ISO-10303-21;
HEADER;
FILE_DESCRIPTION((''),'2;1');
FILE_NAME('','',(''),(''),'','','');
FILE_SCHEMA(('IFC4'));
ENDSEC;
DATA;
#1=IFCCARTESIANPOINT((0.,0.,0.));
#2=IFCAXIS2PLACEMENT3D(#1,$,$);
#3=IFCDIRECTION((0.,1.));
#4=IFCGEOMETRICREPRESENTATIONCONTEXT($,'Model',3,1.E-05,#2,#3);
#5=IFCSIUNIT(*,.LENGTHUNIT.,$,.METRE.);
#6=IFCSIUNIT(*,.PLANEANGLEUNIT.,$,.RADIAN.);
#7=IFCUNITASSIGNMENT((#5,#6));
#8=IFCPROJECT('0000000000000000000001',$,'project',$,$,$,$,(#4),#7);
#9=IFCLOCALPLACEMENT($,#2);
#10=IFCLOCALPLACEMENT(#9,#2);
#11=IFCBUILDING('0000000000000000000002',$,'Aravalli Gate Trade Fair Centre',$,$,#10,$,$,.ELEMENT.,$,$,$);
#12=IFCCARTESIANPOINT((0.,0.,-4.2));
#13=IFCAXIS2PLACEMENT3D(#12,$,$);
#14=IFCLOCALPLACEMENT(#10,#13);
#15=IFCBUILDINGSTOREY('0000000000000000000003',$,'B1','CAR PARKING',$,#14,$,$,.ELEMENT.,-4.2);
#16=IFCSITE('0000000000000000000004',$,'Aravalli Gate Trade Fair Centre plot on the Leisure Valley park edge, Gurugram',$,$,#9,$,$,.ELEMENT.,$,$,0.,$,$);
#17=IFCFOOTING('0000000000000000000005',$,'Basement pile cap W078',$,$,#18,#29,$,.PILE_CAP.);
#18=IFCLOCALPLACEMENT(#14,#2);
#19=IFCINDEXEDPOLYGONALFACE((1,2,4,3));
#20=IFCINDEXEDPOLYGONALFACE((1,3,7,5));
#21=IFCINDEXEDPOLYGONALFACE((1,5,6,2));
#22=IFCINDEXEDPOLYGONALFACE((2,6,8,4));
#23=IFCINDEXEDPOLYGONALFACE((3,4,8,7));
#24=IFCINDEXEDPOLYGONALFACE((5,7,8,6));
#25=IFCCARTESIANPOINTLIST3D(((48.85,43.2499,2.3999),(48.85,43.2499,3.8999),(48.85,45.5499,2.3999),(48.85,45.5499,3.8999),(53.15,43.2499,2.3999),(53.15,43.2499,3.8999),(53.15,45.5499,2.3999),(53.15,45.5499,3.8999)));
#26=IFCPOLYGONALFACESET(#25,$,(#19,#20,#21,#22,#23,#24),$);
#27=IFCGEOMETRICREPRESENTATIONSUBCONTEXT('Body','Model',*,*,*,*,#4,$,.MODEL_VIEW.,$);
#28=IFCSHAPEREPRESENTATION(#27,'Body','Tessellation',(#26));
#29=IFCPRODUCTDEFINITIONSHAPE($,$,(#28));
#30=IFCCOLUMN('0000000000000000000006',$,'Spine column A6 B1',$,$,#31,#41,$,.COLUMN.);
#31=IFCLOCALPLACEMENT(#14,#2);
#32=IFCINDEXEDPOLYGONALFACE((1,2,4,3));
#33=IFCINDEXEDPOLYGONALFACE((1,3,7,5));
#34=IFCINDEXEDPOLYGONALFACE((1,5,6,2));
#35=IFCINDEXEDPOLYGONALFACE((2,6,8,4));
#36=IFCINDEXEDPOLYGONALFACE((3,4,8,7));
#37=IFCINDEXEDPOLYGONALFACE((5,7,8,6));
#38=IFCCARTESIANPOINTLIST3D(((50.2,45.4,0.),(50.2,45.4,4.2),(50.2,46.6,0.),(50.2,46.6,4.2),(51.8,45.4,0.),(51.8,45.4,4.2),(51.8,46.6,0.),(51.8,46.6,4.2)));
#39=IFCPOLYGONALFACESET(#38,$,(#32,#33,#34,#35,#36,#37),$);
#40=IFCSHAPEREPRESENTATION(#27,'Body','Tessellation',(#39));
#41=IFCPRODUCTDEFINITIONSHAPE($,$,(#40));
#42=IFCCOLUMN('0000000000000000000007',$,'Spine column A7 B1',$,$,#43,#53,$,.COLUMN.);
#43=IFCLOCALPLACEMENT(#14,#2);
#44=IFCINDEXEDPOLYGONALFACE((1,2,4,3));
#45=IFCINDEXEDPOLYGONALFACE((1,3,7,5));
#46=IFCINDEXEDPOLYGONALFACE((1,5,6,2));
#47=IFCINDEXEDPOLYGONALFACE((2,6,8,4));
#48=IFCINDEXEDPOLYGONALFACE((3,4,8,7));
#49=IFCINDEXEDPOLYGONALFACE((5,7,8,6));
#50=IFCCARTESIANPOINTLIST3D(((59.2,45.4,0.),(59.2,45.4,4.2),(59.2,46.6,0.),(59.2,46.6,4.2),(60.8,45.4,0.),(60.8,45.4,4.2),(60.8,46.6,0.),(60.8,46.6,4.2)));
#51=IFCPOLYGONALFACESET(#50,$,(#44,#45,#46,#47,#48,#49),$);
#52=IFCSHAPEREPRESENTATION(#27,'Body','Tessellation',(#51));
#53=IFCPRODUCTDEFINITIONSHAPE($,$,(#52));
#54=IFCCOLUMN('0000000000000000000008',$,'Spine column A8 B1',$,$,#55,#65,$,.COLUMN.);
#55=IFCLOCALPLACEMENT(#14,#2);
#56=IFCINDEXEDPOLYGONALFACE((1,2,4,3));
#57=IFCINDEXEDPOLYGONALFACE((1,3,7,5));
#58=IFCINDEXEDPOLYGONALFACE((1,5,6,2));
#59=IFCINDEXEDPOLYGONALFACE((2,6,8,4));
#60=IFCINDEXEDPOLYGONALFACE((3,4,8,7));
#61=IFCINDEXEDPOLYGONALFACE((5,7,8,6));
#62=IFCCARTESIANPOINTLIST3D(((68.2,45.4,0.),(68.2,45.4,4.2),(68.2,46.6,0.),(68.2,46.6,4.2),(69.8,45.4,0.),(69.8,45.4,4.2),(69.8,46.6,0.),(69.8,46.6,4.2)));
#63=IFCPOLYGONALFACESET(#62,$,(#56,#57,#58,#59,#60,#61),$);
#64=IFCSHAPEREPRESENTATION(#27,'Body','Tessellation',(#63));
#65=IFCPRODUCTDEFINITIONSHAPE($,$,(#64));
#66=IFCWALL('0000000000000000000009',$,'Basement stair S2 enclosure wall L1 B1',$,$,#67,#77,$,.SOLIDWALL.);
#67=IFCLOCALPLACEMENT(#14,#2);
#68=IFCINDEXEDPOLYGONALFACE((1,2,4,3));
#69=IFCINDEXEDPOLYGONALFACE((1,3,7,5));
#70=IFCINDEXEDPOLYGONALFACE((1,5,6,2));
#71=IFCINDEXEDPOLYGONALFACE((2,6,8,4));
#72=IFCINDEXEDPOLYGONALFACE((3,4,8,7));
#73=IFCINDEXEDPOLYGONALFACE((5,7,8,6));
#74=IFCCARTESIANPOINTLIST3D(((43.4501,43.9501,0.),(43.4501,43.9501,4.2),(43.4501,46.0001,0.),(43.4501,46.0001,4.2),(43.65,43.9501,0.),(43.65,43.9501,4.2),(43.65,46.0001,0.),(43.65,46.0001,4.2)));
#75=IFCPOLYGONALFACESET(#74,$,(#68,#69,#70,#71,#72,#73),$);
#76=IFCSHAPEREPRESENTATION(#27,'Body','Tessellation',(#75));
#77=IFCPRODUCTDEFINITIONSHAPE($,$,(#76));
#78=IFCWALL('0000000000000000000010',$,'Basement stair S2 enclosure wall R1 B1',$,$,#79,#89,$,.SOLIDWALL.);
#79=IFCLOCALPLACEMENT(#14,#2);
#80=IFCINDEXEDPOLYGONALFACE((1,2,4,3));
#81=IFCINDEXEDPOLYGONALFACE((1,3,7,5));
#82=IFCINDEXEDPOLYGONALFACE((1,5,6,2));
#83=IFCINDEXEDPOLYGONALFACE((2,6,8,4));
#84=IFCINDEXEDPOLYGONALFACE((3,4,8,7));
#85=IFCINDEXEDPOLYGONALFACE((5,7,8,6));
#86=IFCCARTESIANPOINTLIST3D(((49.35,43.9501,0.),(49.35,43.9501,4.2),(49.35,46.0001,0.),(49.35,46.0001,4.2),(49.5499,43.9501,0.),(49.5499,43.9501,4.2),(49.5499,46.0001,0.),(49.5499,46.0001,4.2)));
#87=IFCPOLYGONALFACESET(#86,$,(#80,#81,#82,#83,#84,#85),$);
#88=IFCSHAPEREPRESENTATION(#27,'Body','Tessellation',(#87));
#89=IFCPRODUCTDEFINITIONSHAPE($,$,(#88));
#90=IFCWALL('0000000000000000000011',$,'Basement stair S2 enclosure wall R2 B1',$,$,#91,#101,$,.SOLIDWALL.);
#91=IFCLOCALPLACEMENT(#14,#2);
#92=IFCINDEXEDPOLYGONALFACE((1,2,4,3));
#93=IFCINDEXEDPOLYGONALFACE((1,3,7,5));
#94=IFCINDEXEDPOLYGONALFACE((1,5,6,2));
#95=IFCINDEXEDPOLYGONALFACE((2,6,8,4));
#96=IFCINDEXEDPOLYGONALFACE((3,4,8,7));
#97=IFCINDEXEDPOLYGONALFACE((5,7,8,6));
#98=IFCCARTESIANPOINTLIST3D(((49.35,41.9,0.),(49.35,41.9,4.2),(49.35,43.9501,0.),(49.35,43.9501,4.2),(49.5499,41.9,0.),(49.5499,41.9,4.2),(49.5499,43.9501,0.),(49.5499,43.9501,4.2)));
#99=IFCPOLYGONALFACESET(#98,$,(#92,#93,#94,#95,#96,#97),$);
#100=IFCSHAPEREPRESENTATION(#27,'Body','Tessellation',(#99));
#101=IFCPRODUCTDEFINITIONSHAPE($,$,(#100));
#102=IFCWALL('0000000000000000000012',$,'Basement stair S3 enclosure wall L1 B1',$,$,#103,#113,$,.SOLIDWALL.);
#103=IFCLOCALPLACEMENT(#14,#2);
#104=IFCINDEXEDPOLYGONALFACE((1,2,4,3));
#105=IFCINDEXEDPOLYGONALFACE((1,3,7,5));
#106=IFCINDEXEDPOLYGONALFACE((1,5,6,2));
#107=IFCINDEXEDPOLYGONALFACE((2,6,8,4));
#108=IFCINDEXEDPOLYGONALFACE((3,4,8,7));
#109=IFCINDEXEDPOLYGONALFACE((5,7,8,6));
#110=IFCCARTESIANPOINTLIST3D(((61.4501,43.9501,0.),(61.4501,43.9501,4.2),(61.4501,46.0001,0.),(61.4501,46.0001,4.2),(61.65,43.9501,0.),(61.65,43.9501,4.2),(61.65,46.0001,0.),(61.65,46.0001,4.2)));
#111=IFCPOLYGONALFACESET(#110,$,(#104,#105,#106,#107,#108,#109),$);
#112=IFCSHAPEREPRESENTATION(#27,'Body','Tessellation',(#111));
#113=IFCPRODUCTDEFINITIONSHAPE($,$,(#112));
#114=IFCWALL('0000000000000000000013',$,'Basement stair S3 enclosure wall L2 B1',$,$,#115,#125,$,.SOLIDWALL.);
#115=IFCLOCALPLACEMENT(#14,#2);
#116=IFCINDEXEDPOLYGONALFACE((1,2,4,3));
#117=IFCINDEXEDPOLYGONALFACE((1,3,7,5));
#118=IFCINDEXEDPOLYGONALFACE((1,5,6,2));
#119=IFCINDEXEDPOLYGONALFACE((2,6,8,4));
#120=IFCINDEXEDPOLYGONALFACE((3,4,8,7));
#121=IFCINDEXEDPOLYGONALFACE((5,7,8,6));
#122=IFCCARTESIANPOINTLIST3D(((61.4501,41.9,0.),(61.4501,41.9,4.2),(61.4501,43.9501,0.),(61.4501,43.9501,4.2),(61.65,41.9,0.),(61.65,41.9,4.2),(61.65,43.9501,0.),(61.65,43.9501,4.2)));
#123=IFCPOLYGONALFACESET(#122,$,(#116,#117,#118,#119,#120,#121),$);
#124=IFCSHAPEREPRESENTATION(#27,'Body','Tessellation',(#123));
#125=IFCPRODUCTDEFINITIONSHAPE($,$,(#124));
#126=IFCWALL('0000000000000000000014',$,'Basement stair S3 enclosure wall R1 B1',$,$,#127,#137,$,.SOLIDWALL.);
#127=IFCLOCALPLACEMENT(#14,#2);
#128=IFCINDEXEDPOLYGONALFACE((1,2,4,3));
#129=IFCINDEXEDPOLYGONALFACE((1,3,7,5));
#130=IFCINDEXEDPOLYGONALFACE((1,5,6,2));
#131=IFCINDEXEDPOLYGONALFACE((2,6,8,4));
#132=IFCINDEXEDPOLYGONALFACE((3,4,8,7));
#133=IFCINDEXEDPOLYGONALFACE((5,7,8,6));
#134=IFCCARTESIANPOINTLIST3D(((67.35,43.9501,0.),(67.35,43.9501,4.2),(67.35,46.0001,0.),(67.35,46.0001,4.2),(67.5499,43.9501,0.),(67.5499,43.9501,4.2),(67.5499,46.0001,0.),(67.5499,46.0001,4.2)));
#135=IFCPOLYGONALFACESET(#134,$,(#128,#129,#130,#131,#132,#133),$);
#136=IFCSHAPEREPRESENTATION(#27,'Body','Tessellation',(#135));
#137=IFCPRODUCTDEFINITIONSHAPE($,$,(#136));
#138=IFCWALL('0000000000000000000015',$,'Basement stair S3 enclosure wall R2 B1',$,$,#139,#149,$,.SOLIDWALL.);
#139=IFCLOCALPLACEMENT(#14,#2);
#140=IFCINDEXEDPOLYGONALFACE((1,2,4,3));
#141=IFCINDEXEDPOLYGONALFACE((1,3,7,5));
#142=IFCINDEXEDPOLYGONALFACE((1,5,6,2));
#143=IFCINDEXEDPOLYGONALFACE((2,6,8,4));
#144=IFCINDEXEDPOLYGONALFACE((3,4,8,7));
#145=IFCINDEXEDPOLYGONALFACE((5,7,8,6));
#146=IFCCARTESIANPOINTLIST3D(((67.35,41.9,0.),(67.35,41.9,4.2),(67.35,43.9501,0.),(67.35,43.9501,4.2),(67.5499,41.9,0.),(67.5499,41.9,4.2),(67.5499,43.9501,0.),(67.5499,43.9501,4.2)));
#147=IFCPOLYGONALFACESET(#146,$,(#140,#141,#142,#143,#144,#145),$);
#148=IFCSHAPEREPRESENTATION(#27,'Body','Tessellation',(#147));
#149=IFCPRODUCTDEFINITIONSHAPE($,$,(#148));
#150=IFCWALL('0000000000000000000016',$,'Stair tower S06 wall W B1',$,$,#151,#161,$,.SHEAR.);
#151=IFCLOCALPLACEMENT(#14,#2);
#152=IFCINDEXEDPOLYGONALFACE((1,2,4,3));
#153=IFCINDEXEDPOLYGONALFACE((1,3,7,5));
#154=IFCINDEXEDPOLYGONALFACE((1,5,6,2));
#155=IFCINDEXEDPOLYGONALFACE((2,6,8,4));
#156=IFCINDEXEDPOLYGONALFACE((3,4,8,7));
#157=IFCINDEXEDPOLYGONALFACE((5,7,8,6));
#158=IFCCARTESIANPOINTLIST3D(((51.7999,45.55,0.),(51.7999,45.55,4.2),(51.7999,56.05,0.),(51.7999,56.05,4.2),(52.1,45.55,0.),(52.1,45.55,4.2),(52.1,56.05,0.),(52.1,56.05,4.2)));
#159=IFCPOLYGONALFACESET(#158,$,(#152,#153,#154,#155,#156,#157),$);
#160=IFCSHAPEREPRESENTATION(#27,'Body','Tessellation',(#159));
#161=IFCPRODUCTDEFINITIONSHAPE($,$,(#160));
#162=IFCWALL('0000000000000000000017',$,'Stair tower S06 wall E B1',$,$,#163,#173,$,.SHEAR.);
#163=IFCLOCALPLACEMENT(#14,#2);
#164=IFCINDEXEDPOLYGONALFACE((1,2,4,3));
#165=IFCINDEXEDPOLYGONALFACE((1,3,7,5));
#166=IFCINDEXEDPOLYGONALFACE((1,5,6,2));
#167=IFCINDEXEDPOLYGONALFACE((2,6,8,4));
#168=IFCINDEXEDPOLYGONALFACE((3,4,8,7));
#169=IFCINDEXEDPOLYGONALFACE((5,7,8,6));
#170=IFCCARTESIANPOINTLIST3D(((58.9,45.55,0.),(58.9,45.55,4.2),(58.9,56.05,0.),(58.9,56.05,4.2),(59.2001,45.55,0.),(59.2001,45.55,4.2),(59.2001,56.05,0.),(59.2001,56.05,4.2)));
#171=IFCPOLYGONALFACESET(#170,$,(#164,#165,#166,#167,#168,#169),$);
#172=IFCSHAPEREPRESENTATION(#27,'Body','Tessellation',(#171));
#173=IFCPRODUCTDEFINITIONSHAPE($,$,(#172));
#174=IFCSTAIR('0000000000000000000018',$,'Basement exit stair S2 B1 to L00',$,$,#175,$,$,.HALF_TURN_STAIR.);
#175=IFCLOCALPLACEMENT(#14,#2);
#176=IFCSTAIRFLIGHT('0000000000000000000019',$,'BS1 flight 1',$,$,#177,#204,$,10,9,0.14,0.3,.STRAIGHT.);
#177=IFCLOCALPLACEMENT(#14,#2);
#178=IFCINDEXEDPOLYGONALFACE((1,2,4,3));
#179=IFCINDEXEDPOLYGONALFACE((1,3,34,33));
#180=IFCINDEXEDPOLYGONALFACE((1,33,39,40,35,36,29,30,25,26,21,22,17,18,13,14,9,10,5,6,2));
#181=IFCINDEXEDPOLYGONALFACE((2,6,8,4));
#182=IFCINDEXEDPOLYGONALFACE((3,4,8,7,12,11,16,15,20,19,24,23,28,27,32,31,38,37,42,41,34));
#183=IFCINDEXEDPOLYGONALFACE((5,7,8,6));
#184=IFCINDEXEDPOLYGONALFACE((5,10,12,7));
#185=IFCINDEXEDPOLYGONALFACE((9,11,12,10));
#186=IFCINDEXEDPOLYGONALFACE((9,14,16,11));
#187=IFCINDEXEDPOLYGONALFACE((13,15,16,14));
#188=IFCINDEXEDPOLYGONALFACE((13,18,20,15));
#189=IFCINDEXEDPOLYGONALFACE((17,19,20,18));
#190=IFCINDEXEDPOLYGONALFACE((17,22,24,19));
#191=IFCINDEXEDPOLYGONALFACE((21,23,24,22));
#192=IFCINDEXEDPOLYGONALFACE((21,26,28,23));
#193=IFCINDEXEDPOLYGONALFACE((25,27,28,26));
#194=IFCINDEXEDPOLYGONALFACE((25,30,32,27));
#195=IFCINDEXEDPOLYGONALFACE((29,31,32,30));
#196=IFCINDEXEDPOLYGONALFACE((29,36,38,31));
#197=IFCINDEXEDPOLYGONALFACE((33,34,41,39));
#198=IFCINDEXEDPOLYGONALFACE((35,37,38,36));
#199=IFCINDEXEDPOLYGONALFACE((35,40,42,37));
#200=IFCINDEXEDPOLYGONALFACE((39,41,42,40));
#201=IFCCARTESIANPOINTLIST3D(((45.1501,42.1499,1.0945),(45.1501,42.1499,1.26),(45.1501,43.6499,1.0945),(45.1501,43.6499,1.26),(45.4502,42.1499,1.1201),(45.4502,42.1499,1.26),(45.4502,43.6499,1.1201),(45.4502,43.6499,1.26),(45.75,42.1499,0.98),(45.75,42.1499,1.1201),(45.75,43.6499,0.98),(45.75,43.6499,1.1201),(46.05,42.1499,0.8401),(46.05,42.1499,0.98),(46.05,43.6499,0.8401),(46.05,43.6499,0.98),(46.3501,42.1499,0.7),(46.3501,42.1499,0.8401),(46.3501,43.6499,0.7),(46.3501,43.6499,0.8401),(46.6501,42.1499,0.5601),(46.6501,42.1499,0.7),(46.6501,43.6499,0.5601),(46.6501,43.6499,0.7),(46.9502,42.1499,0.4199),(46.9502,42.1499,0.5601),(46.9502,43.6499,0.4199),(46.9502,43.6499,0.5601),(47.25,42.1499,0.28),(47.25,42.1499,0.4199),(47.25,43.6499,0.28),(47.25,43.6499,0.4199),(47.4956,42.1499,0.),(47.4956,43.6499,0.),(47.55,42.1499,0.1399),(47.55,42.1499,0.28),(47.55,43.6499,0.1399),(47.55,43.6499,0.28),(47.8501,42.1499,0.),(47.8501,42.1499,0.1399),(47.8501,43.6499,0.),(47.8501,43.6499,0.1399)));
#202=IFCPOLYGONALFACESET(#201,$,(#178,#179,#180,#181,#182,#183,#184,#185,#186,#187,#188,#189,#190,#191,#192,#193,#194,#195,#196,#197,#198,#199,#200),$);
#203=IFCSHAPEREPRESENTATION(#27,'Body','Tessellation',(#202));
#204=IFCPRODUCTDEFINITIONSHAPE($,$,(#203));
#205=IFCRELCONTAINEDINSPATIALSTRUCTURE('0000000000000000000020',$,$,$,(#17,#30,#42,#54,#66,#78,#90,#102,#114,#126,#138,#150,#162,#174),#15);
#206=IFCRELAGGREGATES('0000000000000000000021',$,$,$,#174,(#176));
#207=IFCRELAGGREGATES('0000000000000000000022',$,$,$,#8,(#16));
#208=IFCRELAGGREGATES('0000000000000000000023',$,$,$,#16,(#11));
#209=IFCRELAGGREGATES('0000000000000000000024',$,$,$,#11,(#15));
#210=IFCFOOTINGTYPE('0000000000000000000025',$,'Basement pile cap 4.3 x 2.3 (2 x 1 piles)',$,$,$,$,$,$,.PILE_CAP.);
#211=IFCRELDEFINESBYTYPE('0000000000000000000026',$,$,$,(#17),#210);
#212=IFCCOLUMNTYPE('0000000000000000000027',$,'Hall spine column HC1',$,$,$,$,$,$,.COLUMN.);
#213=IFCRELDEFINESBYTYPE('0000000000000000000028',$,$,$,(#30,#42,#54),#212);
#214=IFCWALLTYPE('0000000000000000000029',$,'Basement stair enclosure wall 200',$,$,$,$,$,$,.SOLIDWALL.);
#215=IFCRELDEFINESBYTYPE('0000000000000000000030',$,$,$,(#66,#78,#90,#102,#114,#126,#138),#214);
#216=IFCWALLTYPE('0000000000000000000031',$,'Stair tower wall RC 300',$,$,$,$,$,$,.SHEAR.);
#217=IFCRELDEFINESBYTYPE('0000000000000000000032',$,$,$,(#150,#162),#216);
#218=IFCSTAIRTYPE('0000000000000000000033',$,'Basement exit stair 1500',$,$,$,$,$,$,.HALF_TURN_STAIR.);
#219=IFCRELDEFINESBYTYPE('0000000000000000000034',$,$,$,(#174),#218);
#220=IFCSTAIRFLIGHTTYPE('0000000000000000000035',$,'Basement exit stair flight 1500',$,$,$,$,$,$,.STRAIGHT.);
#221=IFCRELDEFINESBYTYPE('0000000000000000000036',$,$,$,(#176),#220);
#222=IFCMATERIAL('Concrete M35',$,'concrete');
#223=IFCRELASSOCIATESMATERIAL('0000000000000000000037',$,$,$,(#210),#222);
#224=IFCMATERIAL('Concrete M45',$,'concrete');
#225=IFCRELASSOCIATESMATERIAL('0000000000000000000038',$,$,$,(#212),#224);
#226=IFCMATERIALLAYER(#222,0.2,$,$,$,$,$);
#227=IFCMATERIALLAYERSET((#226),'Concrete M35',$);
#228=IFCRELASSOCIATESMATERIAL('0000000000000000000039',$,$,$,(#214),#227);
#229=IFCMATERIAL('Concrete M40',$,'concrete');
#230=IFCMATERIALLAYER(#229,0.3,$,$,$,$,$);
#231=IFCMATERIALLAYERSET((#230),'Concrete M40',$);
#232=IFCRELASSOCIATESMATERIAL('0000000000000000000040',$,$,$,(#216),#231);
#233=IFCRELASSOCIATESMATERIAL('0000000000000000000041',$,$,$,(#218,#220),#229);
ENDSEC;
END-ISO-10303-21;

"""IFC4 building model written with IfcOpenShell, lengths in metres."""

from ifc_helpers import new_model, si_unit, direction, frame, frame_2d, origin, origin_2d, place, context, subcontext, project, spatial, polyline, rectangle, outline, extrude, material, layer, layer_set, material_profile, profile_set, type_object, element, aggregate, save


model = new_model("IFC4")

# Units and contexts
model_context = context("Model", 3, precision=1e-05, world=origin(), true_north=direction((0.0, 1.0)))
body_context = subcontext(model_context, "Body", "Model", "MODEL_VIEW")
ifc_project = project(units=[si_unit("LENGTHUNIT", "METRE"), si_unit("PLANEANGLEUNIT", "RADIAN")], contexts=[model_context])

# Site, building, storey
site_placement = place(None, origin())
site = spatial("IfcSite", under=ifc_project, at=site_placement, Name="Aravalli Gate Trade Fair Centre plot on the Leisure Valley park edge, Gurugram", CompositionType="ELEMENT", RefElevation=0.0)
building_placement = place(site_placement, origin())
building = spatial("IfcBuilding", under=site, at=building_placement, Name="Aravalli Gate Trade Fair Centre", CompositionType="ELEMENT")
storey_placement = place(building_placement, frame((0.0, 0.0, -4.2)))
storey = spatial("IfcBuildingStorey", under=building, at=storey_placement, Name="B1", Description="CAR PARKING", CompositionType="ELEMENT", Elevation=-4.2)

# Shared definitions
ifc_material_1 = material(Name="Concrete M35", Category="concrete")

# Footing
footing_type_1 = type_object("IfcFootingType", Name="Basement pile cap 4.3 x 2.3 (2 x 1 piles)", PredefinedType="PILE_CAP", material=ifc_material_1)
footing_placement = place(storey_placement, frame((51.0, 44.3999, 2.3999), z_axis=(0.0, 0.0, 1.0), x_axis=(1.0, 0.0, 0.0)))
element("IfcFooting", 1, at=footing_placement, inside=storey, type_object=footing_type_1, Name="Basement pile cap W078", PredefinedType="PILE_CAP", context=body_context, shape_type="SweptSolid", body=[
    extrude(rectangle(XDim=4.3, YDim=2.3, at=origin_2d()), origin(), (0.0, 0.0, 1.0), 1.5),
])

# Columns
ifc_material_2 = material(Name="Concrete M45", Category="concrete")
ifc_material_profile_1 = material_profile(ifc_material_2, rectangle(XDim=1.6001, YDim=1.2, at=origin_2d()), Name="RC 1600x1200")
ifc_profile_set_1 = profile_set([ifc_material_profile_1], Name="Concrete M45")
column_type = type_object("IfcColumnType", Name="Hall spine column HC1", PredefinedType="COLUMN", material=ifc_profile_set_1)
for number, where, z_axis, x_axis, name in (
    (2, (51.0, 46.0, 0.0), (0.0, 0.0, 1.0), (1.0, 0.0, 0.0), "Spine column A6 B1"),
    (3, (60.0, 46.0, 0.0), (0.0, 0.0, 1.0), (1.0, 0.0, 0.0), "Spine column A7 B1"),
    (4, (69.0, 46.0, 0.0), (0.0, 0.0, 1.0), (1.0, 0.0, 0.0), "Spine column A8 B1"),
):
    element("IfcColumn", number, at=place(storey_placement, frame(where, z_axis=z_axis, x_axis=x_axis)), inside=storey, type_object=column_type, Name=name, PredefinedType="COLUMN", context=body_context, shape_type="SweptSolid", body=[
        extrude(rectangle(XDim=1.6001, YDim=1.2, at=origin_2d()), origin(), (0.0, 0.0, 1.0), 4.2),
    ])

# Walls
ifc_layer_1 = layer(ifc_material_1, 0.2)
ifc_layer_set_1 = layer_set([ifc_layer_1], Name="Concrete M35")
wall_type_1 = type_object("IfcWallType", Name="Basement stair enclosure wall 200", PredefinedType="SOLIDWALL", material=ifc_layer_set_1)
for number, where, z_axis, x_axis, name in (
    (5, (43.55, 46.0, 0.0), (0.0, 0.0, 1.0), (0.0, -1.0, 0.0), "Basement stair S2 enclosure wall L1 B1"),
    (6, (49.45, 46.0, 0.0), (0.0, 0.0, 1.0), (0.0, -1.0, 0.0), "Basement stair S2 enclosure wall R1 B1"),
    (7, (49.45, 43.95, 0.0), (0.0, 0.0, 1.0), (0.0, -1.0, 0.0), "Basement stair S2 enclosure wall R2 B1"),
    (8, (61.55, 46.0, 0.0), (0.0, 0.0, 1.0), (0.0, -1.0, 0.0), "Basement stair S3 enclosure wall L1 B1"),
    (9, (61.55, 43.95, 0.0), (0.0, 0.0, 1.0), (0.0, -1.0, 0.0), "Basement stair S3 enclosure wall L2 B1"),
    (10, (67.45, 46.0, 0.0), (0.0, 0.0, 1.0), (0.0, -1.0, 0.0), "Basement stair S3 enclosure wall R1 B1"),
    (11, (67.45, 43.95, 0.0), (0.0, 0.0, 1.0), (0.0, -1.0, 0.0), "Basement stair S3 enclosure wall R2 B1"),
):
    element("IfcWall", number, at=place(storey_placement, frame(where, z_axis=z_axis, x_axis=x_axis)), inside=storey, type_object=wall_type_1, Name=name, PredefinedType="SOLIDWALL", context=body_context, shape_type="SweptSolid", body=[
        extrude(rectangle(XDim=2.05, YDim=0.2, at=frame_2d((1.0249, 0.0))), origin(), (0.0, 0.0, 1.0), 4.2),
    ])
ifc_material_3 = material(Name="Concrete M40", Category="concrete")
ifc_layer_2 = layer(ifc_material_3, 0.3)
ifc_layer_set_2 = layer_set([ifc_layer_2], Name="Concrete M40")
wall_type_2 = type_object("IfcWallType", Name="Stair tower wall RC 300", PredefinedType="SHEAR", material=ifc_layer_set_2)
for number, where, z_axis, x_axis, name in (
    (12, (51.95, 45.55, 0.0), (0.0, 0.0, 1.0), (0.0, 1.0, 0.0), "Stair tower S06 wall W B1"),
    (13, (59.05, 45.55, 0.0), (0.0, 0.0, 1.0), (0.0, 1.0, 0.0), "Stair tower S06 wall E B1"),
):
    element("IfcWall", number, at=place(storey_placement, frame(where, z_axis=z_axis, x_axis=x_axis)), inside=storey, type_object=wall_type_2, Name=name, PredefinedType="SHEAR", context=body_context, shape_type="SweptSolid", body=[
        extrude(rectangle(XDim=10.5, YDim=0.3, at=frame_2d((5.25, 0.0))), origin(), (0.0, 0.0, 1.0), 4.2),
    ])

# Stair, stair flight
stair_type = type_object("IfcStairType", Name="Basement exit stair 1500", PredefinedType="HALF_TURN_STAIR", material=ifc_material_3)
stair_1_placement = place(storey_placement, origin())
stair_1 = element("IfcStair", 14, at=stair_1_placement, inside=storey, type_object=stair_type, Name="Basement exit stair S2 B1 to L00", PredefinedType="HALF_TURN_STAIR")
stair_flight_type = type_object("IfcStairFlightType", Name="Basement exit stair flight 1500", PredefinedType="STRAIGHT", material=ifc_material_3)
stair_flight_1_placement = place(storey_placement, frame((47.8501, 42.8999, 0.0), z_axis=(0.0, 0.0, 1.0), x_axis=(-1.0, 0.0, 0.0)))
stair_flight_1 = element("IfcStairFlight", 15, at=stair_flight_1_placement, type_object=stair_flight_type, Name="BS1 flight 1", NumberOfRisers=10, NumberOfTreads=9, PredefinedType="STRAIGHT", RiserHeight=0.14, TreadLength=0.3, context=body_context, shape_type="SweptSolid", body=[
    extrude(outline(polyline([(0.0, 0.0), (0.0, 0.1399), (0.3, 0.1399), (0.3, 0.28), (0.6001, 0.28), (0.6001, 0.4199), (0.8999, 0.4199), (0.8999, 0.5601), (1.2, 0.5601), (1.2, 0.7), (1.5, 0.7), (1.5, 0.8401), (1.8, 0.8401), (1.8, 0.98), (2.1001, 0.98), (2.1001, 1.1201), (2.3999, 1.1201), (2.3999, 1.26), (2.7, 1.26), (2.7, 1.3999), (2.7, 1.0945), (0.3545, 0.0), (0.0, 0.0)])), frame((0.0, 0.75, 0.0), z_axis=(0.0, -1.0, 0.0), x_axis=(1.0, 0.0, 0.0)), (0.0, 0.0, 1.0), 1.5),
])
aggregate(stair_1, [stair_flight_1])

save(model, "model.ifc")
